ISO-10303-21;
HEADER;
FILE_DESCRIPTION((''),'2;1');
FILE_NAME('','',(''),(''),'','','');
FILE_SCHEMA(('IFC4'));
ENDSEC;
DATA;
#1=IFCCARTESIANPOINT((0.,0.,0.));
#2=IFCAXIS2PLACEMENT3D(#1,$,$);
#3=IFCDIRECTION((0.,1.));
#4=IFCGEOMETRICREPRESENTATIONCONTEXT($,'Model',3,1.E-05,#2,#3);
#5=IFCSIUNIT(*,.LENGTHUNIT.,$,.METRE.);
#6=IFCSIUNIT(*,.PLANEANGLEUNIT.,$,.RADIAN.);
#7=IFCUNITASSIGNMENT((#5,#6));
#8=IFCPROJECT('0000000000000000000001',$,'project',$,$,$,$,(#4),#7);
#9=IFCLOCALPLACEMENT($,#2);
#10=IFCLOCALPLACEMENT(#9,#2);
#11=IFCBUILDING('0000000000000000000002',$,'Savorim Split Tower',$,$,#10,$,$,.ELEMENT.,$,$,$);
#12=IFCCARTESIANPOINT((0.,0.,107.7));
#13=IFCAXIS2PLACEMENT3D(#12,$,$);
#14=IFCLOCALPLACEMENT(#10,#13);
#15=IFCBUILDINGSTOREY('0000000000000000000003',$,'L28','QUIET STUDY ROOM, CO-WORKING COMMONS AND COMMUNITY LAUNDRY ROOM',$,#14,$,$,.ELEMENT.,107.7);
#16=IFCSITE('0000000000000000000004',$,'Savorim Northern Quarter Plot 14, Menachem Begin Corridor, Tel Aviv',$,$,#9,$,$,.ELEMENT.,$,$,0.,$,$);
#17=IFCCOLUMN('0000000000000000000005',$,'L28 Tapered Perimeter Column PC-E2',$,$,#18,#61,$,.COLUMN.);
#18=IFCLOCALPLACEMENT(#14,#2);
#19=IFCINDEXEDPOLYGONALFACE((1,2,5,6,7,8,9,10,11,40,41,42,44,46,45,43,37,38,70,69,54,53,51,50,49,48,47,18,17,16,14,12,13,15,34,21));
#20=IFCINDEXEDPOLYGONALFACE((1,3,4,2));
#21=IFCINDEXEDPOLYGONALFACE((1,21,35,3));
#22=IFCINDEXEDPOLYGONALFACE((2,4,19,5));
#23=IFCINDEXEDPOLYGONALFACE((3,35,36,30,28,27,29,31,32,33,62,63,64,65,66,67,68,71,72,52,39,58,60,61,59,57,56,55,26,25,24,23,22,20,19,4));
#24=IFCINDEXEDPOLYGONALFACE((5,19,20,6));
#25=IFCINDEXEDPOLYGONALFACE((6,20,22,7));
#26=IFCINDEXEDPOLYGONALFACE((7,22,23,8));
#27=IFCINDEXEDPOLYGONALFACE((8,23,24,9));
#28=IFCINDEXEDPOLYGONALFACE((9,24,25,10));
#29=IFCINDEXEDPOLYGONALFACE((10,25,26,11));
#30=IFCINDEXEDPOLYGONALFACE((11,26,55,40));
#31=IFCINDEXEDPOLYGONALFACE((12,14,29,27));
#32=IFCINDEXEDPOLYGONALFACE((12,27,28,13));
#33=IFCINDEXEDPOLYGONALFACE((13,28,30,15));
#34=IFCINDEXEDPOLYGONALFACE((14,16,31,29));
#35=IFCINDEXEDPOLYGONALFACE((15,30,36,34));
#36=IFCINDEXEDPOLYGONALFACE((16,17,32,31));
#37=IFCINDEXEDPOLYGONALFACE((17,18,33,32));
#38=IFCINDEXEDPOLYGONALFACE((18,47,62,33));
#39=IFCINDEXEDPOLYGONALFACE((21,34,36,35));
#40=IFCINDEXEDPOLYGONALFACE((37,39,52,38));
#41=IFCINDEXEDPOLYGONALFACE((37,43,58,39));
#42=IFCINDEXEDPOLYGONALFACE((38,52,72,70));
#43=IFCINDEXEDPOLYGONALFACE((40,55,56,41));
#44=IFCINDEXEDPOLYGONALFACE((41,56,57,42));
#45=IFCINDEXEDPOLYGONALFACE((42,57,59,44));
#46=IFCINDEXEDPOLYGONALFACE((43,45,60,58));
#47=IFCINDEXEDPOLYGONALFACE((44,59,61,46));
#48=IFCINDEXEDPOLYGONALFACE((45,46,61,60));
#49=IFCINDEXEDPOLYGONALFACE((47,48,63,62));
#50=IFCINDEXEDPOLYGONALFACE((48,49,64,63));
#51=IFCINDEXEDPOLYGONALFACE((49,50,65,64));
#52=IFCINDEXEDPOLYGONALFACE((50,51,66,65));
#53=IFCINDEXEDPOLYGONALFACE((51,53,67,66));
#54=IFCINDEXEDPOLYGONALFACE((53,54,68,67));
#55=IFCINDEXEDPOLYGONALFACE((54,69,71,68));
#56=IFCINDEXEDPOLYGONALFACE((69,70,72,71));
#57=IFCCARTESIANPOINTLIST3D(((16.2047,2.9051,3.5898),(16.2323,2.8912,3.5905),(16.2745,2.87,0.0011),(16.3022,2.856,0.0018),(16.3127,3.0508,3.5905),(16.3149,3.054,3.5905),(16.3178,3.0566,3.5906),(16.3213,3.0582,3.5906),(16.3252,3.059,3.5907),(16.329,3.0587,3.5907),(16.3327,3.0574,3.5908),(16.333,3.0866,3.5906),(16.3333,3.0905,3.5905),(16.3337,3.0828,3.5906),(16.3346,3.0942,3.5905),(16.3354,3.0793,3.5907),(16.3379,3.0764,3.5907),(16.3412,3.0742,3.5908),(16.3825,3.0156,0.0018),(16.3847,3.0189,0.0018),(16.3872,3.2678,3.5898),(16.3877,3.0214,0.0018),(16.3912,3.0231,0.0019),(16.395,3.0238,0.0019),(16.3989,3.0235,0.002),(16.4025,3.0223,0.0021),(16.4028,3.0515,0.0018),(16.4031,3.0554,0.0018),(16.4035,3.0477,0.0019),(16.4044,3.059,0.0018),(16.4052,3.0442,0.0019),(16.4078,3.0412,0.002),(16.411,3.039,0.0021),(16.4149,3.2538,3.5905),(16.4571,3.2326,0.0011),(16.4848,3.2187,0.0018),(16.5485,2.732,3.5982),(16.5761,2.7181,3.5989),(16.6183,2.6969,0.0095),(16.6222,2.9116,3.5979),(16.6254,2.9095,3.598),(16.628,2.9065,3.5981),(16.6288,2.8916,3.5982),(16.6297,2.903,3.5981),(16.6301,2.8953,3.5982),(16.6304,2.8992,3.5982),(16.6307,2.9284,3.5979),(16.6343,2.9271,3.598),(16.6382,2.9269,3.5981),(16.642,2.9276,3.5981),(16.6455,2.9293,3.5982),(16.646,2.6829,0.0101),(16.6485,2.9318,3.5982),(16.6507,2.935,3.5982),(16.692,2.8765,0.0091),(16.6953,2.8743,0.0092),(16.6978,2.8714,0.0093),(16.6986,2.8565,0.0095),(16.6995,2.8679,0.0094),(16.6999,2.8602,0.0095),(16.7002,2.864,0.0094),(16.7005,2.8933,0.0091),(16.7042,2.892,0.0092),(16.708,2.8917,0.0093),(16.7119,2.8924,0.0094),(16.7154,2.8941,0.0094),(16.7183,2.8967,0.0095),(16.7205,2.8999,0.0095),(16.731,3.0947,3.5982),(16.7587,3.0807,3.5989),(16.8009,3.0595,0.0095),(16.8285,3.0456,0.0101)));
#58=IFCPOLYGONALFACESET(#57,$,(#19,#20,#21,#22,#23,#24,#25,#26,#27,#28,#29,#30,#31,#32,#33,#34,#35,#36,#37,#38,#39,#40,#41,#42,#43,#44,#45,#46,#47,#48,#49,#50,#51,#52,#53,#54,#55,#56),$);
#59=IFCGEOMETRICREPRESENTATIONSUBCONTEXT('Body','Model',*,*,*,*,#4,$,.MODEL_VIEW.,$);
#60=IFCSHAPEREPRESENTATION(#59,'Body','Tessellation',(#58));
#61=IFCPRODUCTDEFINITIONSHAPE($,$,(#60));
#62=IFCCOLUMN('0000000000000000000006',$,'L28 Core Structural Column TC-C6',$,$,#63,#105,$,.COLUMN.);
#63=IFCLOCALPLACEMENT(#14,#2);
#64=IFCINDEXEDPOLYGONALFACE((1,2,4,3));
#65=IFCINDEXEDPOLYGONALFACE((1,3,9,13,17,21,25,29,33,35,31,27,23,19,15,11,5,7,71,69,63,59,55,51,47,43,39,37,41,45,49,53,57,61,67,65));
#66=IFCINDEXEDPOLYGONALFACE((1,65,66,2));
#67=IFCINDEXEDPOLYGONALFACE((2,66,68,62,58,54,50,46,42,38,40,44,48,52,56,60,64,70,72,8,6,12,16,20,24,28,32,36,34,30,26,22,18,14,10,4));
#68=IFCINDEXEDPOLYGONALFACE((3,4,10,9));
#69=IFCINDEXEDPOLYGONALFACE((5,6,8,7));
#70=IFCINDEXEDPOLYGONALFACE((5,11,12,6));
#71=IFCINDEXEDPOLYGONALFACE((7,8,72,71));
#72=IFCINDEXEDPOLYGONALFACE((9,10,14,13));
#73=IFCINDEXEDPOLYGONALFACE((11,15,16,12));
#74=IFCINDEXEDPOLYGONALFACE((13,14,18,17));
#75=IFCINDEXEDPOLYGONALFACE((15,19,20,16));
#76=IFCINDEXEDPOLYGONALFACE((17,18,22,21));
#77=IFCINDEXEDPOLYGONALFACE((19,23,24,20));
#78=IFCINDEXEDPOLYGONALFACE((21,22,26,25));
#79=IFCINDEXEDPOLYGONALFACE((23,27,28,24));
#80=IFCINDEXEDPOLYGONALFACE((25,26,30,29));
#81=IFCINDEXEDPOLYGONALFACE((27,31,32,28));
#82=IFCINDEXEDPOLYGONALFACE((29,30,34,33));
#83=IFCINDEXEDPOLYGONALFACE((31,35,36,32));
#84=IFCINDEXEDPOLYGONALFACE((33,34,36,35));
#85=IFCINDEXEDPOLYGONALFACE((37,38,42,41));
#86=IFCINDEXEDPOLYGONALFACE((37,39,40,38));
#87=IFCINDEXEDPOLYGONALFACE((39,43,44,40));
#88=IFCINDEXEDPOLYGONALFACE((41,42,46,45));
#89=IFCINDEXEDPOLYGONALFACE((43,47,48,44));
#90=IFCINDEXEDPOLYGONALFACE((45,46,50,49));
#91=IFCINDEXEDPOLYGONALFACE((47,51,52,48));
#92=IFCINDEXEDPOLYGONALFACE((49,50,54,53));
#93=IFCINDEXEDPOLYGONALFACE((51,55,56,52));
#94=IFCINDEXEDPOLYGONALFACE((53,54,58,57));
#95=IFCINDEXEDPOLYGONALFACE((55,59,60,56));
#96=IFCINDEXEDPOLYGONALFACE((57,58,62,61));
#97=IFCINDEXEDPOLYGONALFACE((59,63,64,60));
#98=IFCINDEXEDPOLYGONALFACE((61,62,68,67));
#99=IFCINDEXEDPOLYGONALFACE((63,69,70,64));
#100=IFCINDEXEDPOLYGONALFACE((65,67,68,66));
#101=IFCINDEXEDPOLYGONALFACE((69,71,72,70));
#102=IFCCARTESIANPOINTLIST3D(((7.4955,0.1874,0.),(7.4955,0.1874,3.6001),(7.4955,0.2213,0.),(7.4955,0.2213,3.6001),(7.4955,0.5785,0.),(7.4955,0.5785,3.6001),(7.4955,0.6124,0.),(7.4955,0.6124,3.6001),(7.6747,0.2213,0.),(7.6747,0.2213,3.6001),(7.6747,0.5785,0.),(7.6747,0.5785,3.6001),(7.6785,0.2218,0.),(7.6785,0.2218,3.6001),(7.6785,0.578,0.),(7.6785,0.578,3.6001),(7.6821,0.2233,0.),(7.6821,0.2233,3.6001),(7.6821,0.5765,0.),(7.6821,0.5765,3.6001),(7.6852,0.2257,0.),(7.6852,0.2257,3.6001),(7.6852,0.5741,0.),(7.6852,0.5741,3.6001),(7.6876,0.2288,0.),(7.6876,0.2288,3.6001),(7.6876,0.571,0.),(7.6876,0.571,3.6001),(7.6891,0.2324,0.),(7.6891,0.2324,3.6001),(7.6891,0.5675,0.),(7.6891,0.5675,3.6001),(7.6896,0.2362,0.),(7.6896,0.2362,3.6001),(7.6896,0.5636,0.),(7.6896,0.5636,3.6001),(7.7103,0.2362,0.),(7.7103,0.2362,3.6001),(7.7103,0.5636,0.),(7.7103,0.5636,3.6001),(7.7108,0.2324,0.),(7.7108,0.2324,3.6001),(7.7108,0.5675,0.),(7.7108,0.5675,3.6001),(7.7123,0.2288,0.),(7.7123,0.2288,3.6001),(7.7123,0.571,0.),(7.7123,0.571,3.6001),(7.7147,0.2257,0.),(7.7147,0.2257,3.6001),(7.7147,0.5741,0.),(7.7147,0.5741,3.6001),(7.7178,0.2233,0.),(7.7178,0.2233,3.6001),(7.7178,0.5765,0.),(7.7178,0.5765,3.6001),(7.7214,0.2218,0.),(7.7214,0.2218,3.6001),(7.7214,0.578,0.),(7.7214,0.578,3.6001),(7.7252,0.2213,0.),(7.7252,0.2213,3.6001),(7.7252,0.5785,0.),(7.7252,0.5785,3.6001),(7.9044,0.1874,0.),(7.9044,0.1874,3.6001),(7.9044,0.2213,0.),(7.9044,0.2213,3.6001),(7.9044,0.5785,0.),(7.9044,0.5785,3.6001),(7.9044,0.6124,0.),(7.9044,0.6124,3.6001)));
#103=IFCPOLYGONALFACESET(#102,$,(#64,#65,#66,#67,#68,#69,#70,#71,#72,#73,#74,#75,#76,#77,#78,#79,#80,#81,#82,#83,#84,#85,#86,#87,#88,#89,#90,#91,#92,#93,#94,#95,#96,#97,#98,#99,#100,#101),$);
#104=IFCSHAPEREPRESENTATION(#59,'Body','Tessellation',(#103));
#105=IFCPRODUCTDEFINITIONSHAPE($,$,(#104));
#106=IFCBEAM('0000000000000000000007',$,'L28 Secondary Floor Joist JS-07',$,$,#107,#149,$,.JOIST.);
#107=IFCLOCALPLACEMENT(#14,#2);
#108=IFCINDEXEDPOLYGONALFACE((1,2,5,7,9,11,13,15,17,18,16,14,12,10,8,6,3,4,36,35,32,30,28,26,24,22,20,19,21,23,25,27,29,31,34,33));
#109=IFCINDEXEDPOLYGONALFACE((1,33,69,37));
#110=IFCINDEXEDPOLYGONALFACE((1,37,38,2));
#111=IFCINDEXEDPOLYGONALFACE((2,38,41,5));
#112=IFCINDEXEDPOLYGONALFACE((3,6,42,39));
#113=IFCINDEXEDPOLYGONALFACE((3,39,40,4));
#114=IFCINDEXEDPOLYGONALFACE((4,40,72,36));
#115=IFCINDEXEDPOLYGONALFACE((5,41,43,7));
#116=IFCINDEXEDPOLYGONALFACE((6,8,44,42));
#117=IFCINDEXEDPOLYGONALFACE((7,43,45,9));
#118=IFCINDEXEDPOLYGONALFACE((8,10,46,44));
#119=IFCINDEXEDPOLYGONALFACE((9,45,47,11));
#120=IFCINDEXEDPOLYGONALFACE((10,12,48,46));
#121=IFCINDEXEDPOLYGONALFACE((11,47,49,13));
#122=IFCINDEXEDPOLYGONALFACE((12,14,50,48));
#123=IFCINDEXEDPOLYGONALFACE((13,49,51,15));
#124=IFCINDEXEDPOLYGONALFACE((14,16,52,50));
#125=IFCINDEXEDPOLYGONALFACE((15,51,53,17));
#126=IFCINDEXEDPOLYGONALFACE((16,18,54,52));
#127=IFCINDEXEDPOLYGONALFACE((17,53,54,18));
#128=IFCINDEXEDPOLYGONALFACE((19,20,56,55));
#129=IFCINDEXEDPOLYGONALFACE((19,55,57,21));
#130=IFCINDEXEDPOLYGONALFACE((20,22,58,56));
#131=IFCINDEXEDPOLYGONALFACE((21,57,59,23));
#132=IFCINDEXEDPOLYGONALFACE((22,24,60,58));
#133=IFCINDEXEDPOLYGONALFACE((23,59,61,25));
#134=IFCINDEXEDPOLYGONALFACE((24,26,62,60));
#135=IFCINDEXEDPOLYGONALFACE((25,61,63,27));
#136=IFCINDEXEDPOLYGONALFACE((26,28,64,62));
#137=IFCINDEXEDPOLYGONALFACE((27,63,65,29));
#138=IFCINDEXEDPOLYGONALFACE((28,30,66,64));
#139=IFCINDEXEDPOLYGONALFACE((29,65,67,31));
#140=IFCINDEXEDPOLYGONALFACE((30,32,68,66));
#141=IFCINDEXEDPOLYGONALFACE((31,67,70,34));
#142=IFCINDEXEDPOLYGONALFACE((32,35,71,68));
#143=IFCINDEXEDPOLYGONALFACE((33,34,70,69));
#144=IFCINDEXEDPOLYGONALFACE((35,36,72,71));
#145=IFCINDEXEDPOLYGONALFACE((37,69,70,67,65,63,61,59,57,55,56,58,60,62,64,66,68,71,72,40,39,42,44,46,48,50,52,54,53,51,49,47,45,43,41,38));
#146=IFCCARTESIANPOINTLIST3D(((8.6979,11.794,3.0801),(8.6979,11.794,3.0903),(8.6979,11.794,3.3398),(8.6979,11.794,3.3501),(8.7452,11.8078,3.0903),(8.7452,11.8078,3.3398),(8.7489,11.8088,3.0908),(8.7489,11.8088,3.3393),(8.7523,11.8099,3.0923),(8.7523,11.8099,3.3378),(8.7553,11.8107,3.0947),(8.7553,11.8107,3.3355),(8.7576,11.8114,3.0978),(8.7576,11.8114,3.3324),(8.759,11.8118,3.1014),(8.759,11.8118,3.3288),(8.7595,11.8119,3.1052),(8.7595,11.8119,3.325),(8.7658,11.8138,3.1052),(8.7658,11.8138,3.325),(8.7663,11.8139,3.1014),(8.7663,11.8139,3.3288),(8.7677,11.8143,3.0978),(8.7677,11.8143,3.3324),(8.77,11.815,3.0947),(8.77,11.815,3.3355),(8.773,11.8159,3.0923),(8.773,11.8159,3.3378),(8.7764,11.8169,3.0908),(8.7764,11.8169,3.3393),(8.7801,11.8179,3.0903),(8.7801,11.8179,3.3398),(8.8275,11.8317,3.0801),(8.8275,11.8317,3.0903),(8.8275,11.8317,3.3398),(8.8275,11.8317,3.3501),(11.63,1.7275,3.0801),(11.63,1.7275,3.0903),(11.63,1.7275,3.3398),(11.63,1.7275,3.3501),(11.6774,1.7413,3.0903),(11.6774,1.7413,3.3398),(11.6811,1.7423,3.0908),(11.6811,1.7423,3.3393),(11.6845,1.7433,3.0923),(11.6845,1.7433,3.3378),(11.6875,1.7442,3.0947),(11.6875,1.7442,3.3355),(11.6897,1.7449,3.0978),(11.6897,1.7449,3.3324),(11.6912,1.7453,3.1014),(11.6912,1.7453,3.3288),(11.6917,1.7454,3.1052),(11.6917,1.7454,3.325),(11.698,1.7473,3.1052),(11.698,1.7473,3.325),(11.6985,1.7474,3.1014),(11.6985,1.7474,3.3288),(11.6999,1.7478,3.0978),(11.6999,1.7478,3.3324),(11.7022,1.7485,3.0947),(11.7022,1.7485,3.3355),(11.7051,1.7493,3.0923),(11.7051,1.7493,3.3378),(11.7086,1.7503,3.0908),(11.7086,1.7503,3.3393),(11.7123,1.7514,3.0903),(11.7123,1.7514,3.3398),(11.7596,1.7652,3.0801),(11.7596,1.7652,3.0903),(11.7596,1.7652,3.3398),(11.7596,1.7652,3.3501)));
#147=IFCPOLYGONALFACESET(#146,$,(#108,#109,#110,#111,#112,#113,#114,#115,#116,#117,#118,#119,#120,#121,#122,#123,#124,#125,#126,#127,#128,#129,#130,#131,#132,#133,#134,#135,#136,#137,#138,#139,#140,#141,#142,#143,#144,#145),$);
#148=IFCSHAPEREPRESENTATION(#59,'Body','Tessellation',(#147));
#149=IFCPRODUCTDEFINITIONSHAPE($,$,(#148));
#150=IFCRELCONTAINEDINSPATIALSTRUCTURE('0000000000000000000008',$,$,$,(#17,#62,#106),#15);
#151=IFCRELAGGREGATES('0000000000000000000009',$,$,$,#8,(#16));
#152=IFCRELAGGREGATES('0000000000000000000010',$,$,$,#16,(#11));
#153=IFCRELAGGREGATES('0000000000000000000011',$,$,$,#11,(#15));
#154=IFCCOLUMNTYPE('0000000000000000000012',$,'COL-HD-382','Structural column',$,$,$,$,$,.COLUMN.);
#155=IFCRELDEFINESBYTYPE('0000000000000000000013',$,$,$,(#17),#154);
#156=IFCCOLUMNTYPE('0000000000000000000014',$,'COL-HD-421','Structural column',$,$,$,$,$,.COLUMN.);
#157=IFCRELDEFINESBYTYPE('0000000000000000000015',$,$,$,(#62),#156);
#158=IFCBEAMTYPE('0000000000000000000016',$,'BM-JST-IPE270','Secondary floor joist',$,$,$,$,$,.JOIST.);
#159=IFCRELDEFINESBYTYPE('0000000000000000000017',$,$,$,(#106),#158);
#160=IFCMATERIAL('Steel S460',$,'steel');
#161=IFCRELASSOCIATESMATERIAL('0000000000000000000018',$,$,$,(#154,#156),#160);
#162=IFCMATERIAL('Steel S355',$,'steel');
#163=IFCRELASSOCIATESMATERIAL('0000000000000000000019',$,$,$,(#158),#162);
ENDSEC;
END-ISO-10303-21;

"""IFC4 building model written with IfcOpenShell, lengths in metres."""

from ifc_helpers import new_model, si_unit, direction, frame, origin, origin_2d, place, context, subcontext, project, spatial, i_section, extrude, material, material_profile, profile_set, type_object, element, save


model = new_model("IFC4")

# Units and contexts
model_context = context("Model", 3, precision=1e-05, world=origin(), true_north=direction((0.0, 1.0)))
body_context = subcontext(model_context, "Body", "Model", "MODEL_VIEW")
ifc_project = project(units=[si_unit("LENGTHUNIT", "METRE"), si_unit("PLANEANGLEUNIT", "RADIAN")], contexts=[model_context])

# Site, building, storey
site_placement = place(None, origin())
site = spatial("IfcSite", under=ifc_project, at=site_placement, Name="Savorim Northern Quarter Plot 14, Menachem Begin Corridor, Tel Aviv", CompositionType="ELEMENT", RefElevation=0.0)
building_placement = place(site_placement, origin())
building = spatial("IfcBuilding", under=site, at=building_placement, Name="Savorim Split Tower", CompositionType="ELEMENT")
storey_placement = place(building_placement, frame((0.0, 0.0, 107.7)))
storey = spatial("IfcBuildingStorey", under=building, at=storey_placement, Name="L28", Description="QUIET STUDY ROOM, CO-WORKING COMMONS AND COMMUNITY LAUNDRY ROOM", CompositionType="ELEMENT", Elevation=107.7)

# Columns
ifc_material_1 = material(Name="Steel S460", Category="steel")
ifc_material_profile_1 = material_profile(ifc_material_1, i_section(OverallWidth=0.406, OverallDepth=0.416, WebThickness=0.0188, FlangeThickness=0.031, FilletRadius=0.0149, at=origin_2d()), Name="HD 400x382")
ifc_profile_set_1 = profile_set([ifc_material_profile_1], Name="Steel S460")
column_type_1 = type_object("IfcColumnType", Name="COL-HD-382", Description="Structural column", PredefinedType="COLUMN", material=ifc_profile_set_1)
column_1_placement = place(storey_placement, frame((16.5515, 2.9578, 0.0056), z_axis=(-0.019451, 0.009794, 0.999763), x_axis=(-0.44971, -0.893175, 0.0)))
element("IfcColumn", 1, at=column_1_placement, inside=storey, type_object=column_type_1, Name="L28 Tapered Perimeter Column PC-E2", PredefinedType="COLUMN", context=body_context, shape_type="SweptSolid", body=[
    extrude(i_section(OverallWidth=0.406, OverallDepth=0.416, WebThickness=0.0188, FlangeThickness=0.031, FilletRadius=0.0149, at=origin_2d()), origin(), (0.0, 0.0, 1.0), 3.5896),
])
ifc_material_profile_2 = material_profile(ifc_material_1, i_section(OverallWidth=0.4089, OverallDepth=0.425, WebThickness=0.0208, FlangeThickness=0.0339, FilletRadius=0.0149, at=origin_2d()), Name="HD 400x421")
ifc_profile_set_2 = profile_set([ifc_material_profile_2], Name="Steel S460")
column_type_2 = type_object("IfcColumnType", Name="COL-HD-421", Description="Structural column", PredefinedType="COLUMN", material=ifc_profile_set_2)
column_2_placement = place(storey_placement, frame((7.7, 0.3999, 0.0), z_axis=(0.0, 0.0, 1.0), x_axis=(1.0, 0.0, 0.0)))
element("IfcColumn", 2, at=column_2_placement, inside=storey, type_object=column_type_2, Name="L28 Core Structural Column TC-C6", PredefinedType="COLUMN", context=body_context, shape_type="SweptSolid", body=[
    extrude(i_section(OverallWidth=0.4089, OverallDepth=0.425, WebThickness=0.0208, FlangeThickness=0.0339, FilletRadius=0.0149, at=origin_2d()), origin(), (0.0, 0.0, 1.0), 3.6001),
])

# Beam
ifc_material_2 = material(Name="Steel S355", Category="steel")
ifc_material_profile_3 = material_profile(ifc_material_2, i_section(OverallWidth=0.135, OverallDepth=0.27, WebThickness=0.0066, FlangeThickness=0.0103, FilletRadius=0.0149, at=origin_2d()), Name="IPE 270")
ifc_profile_set_3 = profile_set([ifc_material_profile_3], Name="Steel S355")
beam_type_1 = type_object("IfcBeamType", Name="BM-JST-IPE270", Description="Secondary floor joist", PredefinedType="JOIST", material=ifc_profile_set_3)
beam_1_placement = place(storey_placement, frame((11.6948, 1.7463, 3.2151), z_axis=(-0.279657, 0.9601, 0.0), x_axis=(-0.9601, -0.279657, 0.0)))
element("IfcBeam", 3, at=beam_1_placement, inside=storey, type_object=beam_type_1, Name="L28 Secondary Floor Joist JS-07", PredefinedType="JOIST", context=body_context, shape_type="SweptSolid", body=[
    extrude(i_section(OverallWidth=0.135, OverallDepth=0.27, WebThickness=0.0066, FlangeThickness=0.0103, FilletRadius=0.0149, at=origin_2d()), origin(), (0.0, 0.0, 1.0), 10.4849),
])

save(model, "model.ifc")
